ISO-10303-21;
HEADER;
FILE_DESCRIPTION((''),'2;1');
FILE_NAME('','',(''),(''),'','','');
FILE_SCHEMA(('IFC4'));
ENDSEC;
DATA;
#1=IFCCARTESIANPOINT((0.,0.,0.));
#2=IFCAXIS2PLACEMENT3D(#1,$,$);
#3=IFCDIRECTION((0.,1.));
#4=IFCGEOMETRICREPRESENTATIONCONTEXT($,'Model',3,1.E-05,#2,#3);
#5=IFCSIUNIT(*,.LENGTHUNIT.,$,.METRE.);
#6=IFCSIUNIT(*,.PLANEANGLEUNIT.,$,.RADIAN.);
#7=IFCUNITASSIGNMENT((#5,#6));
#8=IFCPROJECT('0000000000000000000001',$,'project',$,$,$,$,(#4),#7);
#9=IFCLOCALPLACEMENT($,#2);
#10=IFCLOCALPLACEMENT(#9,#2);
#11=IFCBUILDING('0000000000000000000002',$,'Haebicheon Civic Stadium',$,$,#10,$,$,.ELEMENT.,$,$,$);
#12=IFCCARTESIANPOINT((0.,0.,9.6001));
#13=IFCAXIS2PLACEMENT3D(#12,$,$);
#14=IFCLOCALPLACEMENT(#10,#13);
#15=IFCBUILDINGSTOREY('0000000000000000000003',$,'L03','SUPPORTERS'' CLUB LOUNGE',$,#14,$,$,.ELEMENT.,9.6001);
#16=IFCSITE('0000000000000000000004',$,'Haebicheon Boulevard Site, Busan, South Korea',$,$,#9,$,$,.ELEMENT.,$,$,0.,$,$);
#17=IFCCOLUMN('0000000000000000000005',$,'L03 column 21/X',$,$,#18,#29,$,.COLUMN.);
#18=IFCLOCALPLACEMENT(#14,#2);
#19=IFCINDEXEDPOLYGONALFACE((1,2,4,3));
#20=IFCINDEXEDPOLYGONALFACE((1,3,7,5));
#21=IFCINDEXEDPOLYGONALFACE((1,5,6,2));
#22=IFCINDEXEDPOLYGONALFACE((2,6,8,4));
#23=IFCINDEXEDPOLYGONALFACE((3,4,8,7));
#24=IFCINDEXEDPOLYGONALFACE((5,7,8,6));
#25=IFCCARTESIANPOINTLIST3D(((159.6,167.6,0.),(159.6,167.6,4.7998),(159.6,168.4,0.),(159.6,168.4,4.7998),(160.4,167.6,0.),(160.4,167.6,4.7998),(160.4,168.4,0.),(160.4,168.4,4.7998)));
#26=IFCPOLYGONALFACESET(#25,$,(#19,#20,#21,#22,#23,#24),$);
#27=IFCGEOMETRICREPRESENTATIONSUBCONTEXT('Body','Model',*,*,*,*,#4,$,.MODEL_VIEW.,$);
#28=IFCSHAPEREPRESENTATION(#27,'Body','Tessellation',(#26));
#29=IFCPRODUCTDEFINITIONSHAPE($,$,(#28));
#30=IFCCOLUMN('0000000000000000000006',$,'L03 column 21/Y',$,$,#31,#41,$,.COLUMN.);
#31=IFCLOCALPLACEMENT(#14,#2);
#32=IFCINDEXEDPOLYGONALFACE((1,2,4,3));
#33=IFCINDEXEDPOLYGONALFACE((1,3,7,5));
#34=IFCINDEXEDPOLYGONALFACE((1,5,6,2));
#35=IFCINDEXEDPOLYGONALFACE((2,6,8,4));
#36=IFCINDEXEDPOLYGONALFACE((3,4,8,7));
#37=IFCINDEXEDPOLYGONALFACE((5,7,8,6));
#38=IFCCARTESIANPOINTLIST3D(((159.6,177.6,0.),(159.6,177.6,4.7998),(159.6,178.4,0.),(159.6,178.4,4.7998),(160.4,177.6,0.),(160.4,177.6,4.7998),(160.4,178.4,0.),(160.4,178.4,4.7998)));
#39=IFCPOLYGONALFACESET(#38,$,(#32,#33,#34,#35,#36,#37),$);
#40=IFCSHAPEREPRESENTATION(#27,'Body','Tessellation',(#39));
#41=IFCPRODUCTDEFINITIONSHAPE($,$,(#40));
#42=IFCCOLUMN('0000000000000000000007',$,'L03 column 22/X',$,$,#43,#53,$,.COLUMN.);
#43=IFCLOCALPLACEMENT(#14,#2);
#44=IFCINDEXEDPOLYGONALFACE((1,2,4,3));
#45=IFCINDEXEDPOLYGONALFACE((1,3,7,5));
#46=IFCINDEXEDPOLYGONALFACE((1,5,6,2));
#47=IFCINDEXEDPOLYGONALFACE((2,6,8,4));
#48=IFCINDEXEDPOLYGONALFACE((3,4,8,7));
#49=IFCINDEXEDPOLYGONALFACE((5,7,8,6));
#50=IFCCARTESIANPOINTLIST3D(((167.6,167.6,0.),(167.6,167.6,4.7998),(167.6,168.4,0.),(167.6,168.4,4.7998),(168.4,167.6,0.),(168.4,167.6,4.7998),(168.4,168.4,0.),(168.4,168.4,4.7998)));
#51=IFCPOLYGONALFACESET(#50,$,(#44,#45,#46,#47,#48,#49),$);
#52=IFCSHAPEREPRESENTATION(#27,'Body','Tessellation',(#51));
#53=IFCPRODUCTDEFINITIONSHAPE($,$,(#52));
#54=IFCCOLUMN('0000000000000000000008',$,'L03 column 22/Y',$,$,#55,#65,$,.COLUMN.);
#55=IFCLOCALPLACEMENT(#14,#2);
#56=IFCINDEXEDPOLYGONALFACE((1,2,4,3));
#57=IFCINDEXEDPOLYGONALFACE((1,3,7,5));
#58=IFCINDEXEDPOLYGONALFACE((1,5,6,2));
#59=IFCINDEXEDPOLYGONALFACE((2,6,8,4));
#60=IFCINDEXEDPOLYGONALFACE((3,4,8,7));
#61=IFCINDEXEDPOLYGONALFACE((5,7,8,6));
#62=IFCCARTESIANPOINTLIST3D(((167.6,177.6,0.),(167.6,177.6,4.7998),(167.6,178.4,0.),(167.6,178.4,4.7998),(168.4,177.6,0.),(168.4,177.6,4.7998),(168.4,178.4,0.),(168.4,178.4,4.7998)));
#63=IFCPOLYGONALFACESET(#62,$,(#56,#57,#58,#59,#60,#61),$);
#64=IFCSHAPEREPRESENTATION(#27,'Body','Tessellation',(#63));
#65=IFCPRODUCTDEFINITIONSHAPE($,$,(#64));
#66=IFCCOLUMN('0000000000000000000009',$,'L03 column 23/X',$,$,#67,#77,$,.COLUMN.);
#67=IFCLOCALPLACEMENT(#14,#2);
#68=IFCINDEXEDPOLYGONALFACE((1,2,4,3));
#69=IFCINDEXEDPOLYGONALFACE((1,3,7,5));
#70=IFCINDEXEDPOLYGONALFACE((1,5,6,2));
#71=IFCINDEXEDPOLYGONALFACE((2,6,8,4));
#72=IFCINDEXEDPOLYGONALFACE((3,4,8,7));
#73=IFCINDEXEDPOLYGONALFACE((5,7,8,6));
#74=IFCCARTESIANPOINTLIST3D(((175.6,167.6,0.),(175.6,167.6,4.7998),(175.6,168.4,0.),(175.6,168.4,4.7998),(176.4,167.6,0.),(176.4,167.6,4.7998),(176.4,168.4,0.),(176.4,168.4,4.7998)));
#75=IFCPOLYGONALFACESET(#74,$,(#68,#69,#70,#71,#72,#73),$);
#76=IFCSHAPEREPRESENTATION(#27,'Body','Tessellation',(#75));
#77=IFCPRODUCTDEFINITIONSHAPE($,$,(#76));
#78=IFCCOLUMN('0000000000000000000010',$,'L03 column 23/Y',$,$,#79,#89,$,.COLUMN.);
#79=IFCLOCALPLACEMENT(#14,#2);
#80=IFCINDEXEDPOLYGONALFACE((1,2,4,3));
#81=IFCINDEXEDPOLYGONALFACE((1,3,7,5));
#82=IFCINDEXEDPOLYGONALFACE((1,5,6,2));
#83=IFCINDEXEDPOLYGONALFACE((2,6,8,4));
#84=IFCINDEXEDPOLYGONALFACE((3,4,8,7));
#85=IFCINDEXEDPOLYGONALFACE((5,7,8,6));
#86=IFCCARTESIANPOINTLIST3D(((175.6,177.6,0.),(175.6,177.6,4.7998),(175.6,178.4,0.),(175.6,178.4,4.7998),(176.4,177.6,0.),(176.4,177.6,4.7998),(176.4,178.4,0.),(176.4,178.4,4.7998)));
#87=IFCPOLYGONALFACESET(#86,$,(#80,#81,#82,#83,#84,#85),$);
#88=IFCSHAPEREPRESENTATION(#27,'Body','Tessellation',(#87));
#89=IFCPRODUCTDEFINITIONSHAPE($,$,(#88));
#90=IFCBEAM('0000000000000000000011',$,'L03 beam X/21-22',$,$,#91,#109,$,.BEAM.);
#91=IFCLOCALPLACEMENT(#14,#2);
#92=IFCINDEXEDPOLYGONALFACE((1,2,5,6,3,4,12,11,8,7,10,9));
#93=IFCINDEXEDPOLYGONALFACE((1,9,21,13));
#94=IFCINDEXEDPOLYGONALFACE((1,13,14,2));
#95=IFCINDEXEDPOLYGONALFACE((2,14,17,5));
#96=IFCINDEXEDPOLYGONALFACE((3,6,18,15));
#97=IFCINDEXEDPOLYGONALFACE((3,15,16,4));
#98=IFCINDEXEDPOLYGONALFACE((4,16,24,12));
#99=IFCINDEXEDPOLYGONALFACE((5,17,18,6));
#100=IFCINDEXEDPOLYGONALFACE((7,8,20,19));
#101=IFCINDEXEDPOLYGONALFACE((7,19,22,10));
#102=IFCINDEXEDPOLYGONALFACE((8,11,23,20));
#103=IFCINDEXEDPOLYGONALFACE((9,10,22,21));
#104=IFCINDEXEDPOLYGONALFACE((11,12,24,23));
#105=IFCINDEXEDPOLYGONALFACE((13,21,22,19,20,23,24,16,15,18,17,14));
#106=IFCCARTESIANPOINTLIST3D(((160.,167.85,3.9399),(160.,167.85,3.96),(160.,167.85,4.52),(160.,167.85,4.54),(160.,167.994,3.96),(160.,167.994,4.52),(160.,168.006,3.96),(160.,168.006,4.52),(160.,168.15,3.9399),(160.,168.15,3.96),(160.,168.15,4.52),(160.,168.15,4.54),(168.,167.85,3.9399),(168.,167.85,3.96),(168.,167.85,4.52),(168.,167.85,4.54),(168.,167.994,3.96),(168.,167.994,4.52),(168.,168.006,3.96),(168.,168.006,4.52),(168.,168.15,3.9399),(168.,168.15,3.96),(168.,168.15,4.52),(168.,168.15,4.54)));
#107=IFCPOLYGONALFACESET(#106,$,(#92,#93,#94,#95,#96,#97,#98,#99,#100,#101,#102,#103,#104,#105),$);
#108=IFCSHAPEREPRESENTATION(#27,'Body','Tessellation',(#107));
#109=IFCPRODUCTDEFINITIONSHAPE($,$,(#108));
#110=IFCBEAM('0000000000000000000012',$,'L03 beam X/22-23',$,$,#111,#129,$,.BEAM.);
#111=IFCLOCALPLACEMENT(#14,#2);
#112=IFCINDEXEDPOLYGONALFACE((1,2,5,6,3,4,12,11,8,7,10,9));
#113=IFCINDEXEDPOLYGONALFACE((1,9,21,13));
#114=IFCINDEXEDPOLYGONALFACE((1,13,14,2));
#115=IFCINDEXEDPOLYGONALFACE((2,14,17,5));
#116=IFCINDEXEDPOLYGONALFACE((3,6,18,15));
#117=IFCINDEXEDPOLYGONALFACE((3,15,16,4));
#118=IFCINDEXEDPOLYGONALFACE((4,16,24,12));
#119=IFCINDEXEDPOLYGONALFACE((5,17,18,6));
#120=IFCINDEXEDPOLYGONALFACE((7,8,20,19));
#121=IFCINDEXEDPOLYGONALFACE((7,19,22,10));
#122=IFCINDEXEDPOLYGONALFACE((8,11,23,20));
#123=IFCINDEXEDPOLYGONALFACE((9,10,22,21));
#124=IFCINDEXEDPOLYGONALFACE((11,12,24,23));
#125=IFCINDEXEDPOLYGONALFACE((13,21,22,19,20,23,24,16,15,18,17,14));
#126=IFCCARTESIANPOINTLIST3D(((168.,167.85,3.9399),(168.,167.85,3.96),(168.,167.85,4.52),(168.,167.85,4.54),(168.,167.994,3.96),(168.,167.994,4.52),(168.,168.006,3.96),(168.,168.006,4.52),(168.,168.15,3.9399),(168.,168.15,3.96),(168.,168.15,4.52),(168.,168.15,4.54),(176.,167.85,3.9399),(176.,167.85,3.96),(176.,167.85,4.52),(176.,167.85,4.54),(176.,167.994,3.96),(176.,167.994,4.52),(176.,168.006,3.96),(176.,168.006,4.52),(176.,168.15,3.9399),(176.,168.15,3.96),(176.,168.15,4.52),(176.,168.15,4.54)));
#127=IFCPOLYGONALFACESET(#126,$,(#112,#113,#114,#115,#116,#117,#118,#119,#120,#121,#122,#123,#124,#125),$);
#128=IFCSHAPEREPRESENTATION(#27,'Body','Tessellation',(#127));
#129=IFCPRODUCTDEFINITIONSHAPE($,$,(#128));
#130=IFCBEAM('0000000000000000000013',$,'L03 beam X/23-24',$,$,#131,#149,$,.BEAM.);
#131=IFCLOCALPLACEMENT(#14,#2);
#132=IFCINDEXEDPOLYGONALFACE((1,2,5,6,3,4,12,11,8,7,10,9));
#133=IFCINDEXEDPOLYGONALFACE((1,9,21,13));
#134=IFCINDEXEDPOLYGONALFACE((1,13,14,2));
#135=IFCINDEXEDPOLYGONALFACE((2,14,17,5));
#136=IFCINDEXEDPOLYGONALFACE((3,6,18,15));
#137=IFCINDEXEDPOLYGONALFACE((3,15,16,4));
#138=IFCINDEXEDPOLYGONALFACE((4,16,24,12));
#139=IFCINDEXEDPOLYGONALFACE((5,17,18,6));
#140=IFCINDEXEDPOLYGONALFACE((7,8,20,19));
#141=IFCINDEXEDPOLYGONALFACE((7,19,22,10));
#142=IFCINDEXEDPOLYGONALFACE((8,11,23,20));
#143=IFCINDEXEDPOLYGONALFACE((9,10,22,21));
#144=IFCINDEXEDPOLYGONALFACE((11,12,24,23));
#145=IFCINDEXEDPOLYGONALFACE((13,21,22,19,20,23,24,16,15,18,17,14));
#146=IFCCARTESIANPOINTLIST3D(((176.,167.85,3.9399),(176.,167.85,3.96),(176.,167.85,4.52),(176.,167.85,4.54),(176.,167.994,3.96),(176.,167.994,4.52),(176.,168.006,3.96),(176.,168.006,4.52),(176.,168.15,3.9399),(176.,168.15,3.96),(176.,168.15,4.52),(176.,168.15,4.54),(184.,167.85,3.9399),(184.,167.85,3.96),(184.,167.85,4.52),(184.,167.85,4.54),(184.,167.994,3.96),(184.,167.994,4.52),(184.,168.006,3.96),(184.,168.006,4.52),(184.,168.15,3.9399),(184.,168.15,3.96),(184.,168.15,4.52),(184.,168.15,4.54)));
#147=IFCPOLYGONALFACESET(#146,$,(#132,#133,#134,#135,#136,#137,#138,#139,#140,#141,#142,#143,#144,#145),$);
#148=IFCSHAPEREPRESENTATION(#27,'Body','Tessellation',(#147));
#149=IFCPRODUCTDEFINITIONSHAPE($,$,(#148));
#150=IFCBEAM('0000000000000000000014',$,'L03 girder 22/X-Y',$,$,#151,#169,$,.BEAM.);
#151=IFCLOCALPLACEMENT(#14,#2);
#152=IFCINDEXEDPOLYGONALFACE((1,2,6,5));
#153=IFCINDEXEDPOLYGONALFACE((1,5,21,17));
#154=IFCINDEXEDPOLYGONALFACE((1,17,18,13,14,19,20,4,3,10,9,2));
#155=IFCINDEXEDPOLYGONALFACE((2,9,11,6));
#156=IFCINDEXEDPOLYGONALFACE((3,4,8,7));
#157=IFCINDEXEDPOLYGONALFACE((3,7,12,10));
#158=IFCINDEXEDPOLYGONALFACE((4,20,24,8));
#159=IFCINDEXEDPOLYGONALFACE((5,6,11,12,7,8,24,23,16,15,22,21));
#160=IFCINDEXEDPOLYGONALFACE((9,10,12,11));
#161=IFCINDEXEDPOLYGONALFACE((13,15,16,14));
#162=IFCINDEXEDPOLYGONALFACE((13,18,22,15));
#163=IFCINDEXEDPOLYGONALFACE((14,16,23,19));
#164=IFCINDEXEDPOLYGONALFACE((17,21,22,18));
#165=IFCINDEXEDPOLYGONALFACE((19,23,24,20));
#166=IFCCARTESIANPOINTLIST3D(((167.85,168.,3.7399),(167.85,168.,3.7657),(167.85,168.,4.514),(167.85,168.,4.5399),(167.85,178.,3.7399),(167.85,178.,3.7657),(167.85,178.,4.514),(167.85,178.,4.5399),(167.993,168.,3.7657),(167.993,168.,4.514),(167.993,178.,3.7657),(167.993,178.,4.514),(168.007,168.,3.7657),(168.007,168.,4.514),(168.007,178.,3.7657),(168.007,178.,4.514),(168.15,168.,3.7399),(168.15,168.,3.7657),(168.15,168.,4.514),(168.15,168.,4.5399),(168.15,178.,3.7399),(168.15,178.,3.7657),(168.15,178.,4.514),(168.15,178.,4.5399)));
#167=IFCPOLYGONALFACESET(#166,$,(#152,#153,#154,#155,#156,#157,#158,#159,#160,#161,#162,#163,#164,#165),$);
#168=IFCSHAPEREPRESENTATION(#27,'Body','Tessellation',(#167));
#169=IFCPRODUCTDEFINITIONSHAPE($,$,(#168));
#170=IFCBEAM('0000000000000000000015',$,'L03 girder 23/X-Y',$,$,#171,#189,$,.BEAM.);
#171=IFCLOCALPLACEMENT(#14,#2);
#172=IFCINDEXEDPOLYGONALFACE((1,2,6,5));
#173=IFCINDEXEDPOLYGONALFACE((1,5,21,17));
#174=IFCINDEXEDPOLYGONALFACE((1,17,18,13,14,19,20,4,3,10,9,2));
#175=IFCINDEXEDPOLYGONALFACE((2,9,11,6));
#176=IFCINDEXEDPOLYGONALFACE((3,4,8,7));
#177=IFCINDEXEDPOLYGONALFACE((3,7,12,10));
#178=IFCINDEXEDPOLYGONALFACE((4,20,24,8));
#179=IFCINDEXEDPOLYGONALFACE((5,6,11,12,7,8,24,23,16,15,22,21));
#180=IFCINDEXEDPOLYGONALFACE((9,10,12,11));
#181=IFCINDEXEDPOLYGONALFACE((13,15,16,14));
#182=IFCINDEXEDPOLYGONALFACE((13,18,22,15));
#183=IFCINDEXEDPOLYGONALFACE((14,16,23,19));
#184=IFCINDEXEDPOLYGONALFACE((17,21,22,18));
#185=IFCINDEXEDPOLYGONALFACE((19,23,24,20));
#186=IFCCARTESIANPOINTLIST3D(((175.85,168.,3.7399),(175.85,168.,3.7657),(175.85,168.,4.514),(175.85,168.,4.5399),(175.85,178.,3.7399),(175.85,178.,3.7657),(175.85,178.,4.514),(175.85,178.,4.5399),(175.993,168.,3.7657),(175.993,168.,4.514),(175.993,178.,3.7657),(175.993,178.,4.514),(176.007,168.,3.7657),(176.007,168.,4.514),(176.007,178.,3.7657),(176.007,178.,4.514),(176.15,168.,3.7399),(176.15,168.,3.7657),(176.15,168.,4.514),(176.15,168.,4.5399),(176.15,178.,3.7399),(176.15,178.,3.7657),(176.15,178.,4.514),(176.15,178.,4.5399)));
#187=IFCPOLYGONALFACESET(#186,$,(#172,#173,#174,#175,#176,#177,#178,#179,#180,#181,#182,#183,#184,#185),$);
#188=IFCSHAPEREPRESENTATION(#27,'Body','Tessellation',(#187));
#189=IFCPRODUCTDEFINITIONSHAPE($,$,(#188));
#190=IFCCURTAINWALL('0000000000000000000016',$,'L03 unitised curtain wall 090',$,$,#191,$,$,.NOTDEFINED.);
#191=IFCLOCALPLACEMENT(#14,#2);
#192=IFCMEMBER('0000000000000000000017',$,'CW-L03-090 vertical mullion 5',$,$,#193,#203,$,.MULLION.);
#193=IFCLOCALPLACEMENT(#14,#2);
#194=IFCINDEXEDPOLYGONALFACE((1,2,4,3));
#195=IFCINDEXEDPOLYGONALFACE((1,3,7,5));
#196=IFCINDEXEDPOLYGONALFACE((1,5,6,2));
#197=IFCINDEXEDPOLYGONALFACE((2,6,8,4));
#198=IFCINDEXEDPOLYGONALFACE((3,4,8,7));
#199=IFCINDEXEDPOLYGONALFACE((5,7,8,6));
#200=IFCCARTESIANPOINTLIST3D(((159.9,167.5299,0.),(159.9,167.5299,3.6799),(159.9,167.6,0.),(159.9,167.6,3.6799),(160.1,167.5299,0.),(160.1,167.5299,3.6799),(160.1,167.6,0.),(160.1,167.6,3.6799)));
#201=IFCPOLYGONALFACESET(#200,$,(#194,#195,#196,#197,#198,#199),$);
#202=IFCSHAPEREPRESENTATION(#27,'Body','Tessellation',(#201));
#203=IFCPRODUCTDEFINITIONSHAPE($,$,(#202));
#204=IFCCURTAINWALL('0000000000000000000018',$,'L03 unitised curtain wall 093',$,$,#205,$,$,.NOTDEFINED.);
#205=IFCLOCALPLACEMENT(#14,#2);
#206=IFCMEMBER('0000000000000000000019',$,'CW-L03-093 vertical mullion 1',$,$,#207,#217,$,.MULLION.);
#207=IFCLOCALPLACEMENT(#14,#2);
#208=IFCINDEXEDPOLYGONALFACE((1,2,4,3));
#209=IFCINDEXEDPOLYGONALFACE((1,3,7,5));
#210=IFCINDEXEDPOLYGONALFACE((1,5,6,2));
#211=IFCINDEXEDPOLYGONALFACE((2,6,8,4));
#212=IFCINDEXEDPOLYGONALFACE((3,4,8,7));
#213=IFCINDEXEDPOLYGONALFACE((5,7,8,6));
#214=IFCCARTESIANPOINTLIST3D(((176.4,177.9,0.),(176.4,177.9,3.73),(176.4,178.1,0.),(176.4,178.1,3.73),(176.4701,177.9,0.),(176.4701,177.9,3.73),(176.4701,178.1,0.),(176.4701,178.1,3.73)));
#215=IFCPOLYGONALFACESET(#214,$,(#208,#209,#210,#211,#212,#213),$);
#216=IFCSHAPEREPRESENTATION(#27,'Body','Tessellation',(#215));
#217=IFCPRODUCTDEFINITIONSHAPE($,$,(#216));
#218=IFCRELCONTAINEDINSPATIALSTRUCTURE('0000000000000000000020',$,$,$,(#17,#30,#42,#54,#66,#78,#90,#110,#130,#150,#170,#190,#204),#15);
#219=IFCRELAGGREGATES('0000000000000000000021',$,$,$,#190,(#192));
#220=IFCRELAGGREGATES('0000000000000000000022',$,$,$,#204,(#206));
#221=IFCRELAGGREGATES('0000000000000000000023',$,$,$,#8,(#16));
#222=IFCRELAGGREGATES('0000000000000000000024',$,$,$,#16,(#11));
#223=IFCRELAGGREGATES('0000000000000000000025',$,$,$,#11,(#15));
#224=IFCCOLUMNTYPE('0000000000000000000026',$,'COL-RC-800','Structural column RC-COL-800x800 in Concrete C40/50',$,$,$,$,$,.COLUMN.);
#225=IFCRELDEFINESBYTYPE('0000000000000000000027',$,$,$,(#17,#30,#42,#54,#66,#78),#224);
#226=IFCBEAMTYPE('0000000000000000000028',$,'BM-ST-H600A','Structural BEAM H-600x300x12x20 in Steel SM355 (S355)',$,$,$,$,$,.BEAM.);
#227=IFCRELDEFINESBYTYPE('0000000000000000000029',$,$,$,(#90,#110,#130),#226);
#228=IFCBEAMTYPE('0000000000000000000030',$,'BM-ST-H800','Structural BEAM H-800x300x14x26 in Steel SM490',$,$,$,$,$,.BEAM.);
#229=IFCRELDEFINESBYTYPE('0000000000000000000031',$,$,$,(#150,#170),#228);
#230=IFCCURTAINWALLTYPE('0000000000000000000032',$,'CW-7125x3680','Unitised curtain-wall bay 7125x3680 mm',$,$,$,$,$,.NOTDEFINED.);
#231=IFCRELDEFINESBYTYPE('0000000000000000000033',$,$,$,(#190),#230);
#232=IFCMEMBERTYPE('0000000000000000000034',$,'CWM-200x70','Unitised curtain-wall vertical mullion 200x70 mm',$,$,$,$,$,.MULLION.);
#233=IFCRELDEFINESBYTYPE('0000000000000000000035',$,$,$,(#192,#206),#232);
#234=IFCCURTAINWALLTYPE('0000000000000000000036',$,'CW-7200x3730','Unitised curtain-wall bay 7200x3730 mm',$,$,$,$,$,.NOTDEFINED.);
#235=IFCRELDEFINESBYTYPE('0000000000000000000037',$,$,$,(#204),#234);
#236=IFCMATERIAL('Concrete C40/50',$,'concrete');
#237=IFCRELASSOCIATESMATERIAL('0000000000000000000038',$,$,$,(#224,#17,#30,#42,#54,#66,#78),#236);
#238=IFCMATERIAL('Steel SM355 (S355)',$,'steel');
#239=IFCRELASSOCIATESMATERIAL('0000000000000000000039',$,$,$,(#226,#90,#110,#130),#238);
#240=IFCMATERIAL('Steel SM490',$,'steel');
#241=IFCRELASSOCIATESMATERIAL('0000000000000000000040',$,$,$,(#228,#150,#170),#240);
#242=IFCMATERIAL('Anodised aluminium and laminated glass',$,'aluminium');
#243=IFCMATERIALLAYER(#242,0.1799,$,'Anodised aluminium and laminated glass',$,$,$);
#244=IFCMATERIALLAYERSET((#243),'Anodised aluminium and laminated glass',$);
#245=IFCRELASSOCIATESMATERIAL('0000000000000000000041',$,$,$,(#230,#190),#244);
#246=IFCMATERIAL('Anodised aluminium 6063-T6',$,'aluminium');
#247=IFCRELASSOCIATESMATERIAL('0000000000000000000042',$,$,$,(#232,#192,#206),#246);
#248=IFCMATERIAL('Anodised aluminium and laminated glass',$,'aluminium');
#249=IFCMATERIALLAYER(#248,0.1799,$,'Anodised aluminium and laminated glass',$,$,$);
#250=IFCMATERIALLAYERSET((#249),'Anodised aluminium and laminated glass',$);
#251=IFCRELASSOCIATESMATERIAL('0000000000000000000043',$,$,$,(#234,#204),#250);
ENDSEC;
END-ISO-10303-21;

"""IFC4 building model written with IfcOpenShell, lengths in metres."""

from ifc_helpers import new_model, si_unit, direction, frame, origin, origin_2d, place, context, subcontext, project, spatial, rectangle, i_section, extrude, material, layer, layer_set, material_profile, profile_set, type_object, element, aggregate, save


model = new_model("IFC4")

# Units and contexts
model_context = context("Model", 3, precision=1e-05, world=origin(), true_north=direction((0.0, 1.0)))
body_context = subcontext(model_context, "Body", "Model", "MODEL_VIEW")
ifc_project = project(units=[si_unit("LENGTHUNIT", "METRE"), si_unit("PLANEANGLEUNIT", "RADIAN")], contexts=[model_context])

# Site, building, storey
site_placement = place(None, origin())
site = spatial("IfcSite", under=ifc_project, at=site_placement, Name="Haebicheon Boulevard Site, Busan, South Korea", CompositionType="ELEMENT", RefElevation=0.0)
building_placement = place(site_placement, origin())
building = spatial("IfcBuilding", under=site, at=building_placement, Name="Haebicheon Civic Stadium", CompositionType="ELEMENT")
storey_placement = place(building_placement, frame((0.0, 0.0, 9.6001)))
storey = spatial("IfcBuildingStorey", under=building, at=storey_placement, Name="L03", Description="SUPPORTERS' CLUB LOUNGE", CompositionType="ELEMENT", Elevation=9.6001)

# Columns
ifc_material_1 = material(Name="Concrete C40/50", Category="concrete")
ifc_material_profile_1 = material_profile(ifc_material_1, rectangle(XDim=0.8, YDim=0.8, at=origin_2d()), Name="RC-COL-800x800")
ifc_profile_set_1 = profile_set([ifc_material_profile_1], Name="Concrete C40/50")
column_type = type_object("IfcColumnType", Name="COL-RC-800", Description="Structural column RC-COL-800x800 in Concrete C40/50", PredefinedType="COLUMN", material=ifc_profile_set_1)
for number, where, z_axis, x_axis, name in (
    (1, (160.0, 168.0, 0.0), (0.0, 0.0, 1.0), (1.0, 0.0, 0.0), "L03 column 21/X"),
    (2, (160.0, 178.0, 0.0), (0.0, 0.0, 1.0), (1.0, 0.0, 0.0), "L03 column 21/Y"),
    (3, (168.0, 168.0, 0.0), (0.0, 0.0, 1.0), (1.0, 0.0, 0.0), "L03 column 22/X"),
    (4, (168.0, 178.0, 0.0), (0.0, 0.0, 1.0), (1.0, 0.0, 0.0), "L03 column 22/Y"),
    (5, (176.0, 168.0, 0.0), (0.0, 0.0, 1.0), (1.0, 0.0, 0.0), "L03 column 23/X"),
    (6, (176.0, 178.0, 0.0), (0.0, 0.0, 1.0), (1.0, 0.0, 0.0), "L03 column 23/Y"),
):
    element("IfcColumn", number, at=place(storey_placement, frame(where, z_axis=z_axis, x_axis=x_axis)), inside=storey, type_object=column_type, material=ifc_profile_set_1, Name=name, PredefinedType="COLUMN", context=body_context, shape_type="SweptSolid", body=[
        extrude(rectangle(XDim=0.8, YDim=0.8, at=origin_2d()), origin(), (0.0, 0.0, 1.0), 4.7998),
    ])

# Beams
ifc_material_2 = material(Name="Steel SM355 (S355)", Category="steel")
ifc_material_profile_2 = material_profile(ifc_material_2, i_section(OverallWidth=0.3, OverallDepth=0.6001, WebThickness=0.012, FlangeThickness=0.02, at=origin_2d()), Name="H-600x300x12x20")
ifc_profile_set_2 = profile_set([ifc_material_profile_2], Name="Steel SM355 (S355)")
beam_type_1 = type_object("IfcBeamType", Name="BM-ST-H600A", Description="Structural BEAM H-600x300x12x20 in Steel SM355 (S355)", PredefinedType="BEAM", material=ifc_profile_set_2)
for number, where, z_axis, x_axis, name in (
    (7, (160.0, 168.0, 4.24), (1.0, 0.0, 0.0), (0.0, 1.0, 0.0), "L03 beam X/21-22"),
    (8, (168.0, 168.0, 4.24), (1.0, 0.0, 0.0), (0.0, 1.0, 0.0), "L03 beam X/22-23"),
    (9, (176.0, 168.0, 4.24), (1.0, 0.0, 0.0), (0.0, 1.0, 0.0), "L03 beam X/23-24"),
):
    element("IfcBeam", number, at=place(storey_placement, frame(where, z_axis=z_axis, x_axis=x_axis)), inside=storey, type_object=beam_type_1, material=ifc_profile_set_2, Name=name, PredefinedType="BEAM", context=body_context, shape_type="SweptSolid", body=[
        extrude(i_section(OverallWidth=0.3, OverallDepth=0.6001, WebThickness=0.012, FlangeThickness=0.02, at=origin_2d()), origin(), (0.0, 0.0, 1.0), 8.0),
    ])
ifc_material_3 = material(Name="Steel SM490", Category="steel")
ifc_material_profile_3 = material_profile(ifc_material_3, i_section(OverallWidth=0.3, OverallDepth=0.8, WebThickness=0.0139, FlangeThickness=0.0259, at=origin_2d()), Name="H-800x300x14x26")
ifc_profile_set_3 = profile_set([ifc_material_profile_3], Name="Steel SM490")
beam_type_2 = type_object("IfcBeamType", Name="BM-ST-H800", Description="Structural BEAM H-800x300x14x26 in Steel SM490", PredefinedType="BEAM", material=ifc_profile_set_3)
for number, where, z_axis, x_axis, name in (
    (10, (168.0, 168.0, 4.1399), (0.0, 1.0, 0.0), (-1.0, 0.0, 0.0), "L03 girder 22/X-Y"),
    (11, (176.0, 168.0, 4.1399), (0.0, 1.0, 0.0), (-1.0, 0.0, 0.0), "L03 girder 23/X-Y"),
):
    element("IfcBeam", number, at=place(storey_placement, frame(where, z_axis=z_axis, x_axis=x_axis)), inside=storey, type_object=beam_type_2, material=ifc_profile_set_3, Name=name, PredefinedType="BEAM", context=body_context, shape_type="SweptSolid", body=[
        extrude(i_section(OverallWidth=0.3, OverallDepth=0.8, WebThickness=0.0139, FlangeThickness=0.0259, at=origin_2d()), origin(), (0.0, 0.0, 1.0), 10.0),
    ])

# Curtain wall, member
ifc_material_4 = material(Name="Anodised aluminium and laminated glass", Category="aluminium")
ifc_layer_1 = layer(ifc_material_4, 0.1799, Name="Anodised aluminium and laminated glass")
ifc_layer_set_1 = layer_set([ifc_layer_1], Name="Anodised aluminium and laminated glass")
curtain_wall_type_1 = type_object("IfcCurtainWallType", Name="CW-7125x3680", Description="Unitised curtain-wall bay 7125x3680 mm", PredefinedType="NOTDEFINED", material=ifc_layer_set_1)
curtain_wall_1_placement = place(storey_placement, origin())
curtain_wall_1 = element("IfcCurtainWall", 12, at=curtain_wall_1_placement, inside=storey, type_object=curtain_wall_type_1, material=ifc_layer_set_1, Name="L03 unitised curtain wall 090", PredefinedType="NOTDEFINED")
ifc_material_5 = material(Name="Anodised aluminium 6063-T6", Category="aluminium")
ifc_material_profile_4 = material_profile(ifc_material_5, rectangle(XDim=0.0701, YDim=0.2, at=origin_2d()), Name="ALU-MULL-70x200")
ifc_profile_set_4 = profile_set([ifc_material_profile_4], Name="Anodised aluminium 6063-T6")
member_type_1 = type_object("IfcMemberType", Name="CWM-200x70", Description="Unitised curtain-wall vertical mullion 200x70 mm", PredefinedType="MULLION", material=ifc_profile_set_4)
member_1_placement = place(storey_placement, frame((160.0, 167.5649, 0.0), z_axis=(0.0, 0.0, 1.0), x_axis=(0.0, 1.0, 0.0)))
member_1 = element("IfcMember", 13, at=member_1_placement, type_object=member_type_1, material=ifc_profile_set_4, Name="CW-L03-090 vertical mullion 5", PredefinedType="MULLION", context=body_context, shape_type="SweptSolid", body=[
    extrude(rectangle(XDim=0.0701, YDim=0.2, at=origin_2d()), origin(), (0.0, 0.0, 1.0), 3.6799),
])

# Curtain wall, member
ifc_material_6 = material(Name="Anodised aluminium and laminated glass", Category="aluminium")
ifc_layer_2 = layer(ifc_material_6, 0.1799, Name="Anodised aluminium and laminated glass")
ifc_layer_set_2 = layer_set([ifc_layer_2], Name="Anodised aluminium and laminated glass")
curtain_wall_type_2 = type_object("IfcCurtainWallType", Name="CW-7200x3730", Description="Unitised curtain-wall bay 7200x3730 mm", PredefinedType="NOTDEFINED", material=ifc_layer_set_2)
curtain_wall_2_placement = place(storey_placement, origin())
curtain_wall_2 = element("IfcCurtainWall", 14, at=curtain_wall_2_placement, inside=storey, type_object=curtain_wall_type_2, material=ifc_layer_set_2, Name="L03 unitised curtain wall 093", PredefinedType="NOTDEFINED")
member_2_placement = place(storey_placement, frame((176.4351, 178.0, 0.0), z_axis=(0.0, 0.0, 1.0), x_axis=(1.0, 0.0, 0.0)))
member_2 = element("IfcMember", 15, at=member_2_placement, type_object=member_type_1, material=ifc_profile_set_4, Name="CW-L03-093 vertical mullion 1", PredefinedType="MULLION", context=body_context, shape_type="SweptSolid", body=[
    extrude(rectangle(XDim=0.0701, YDim=0.2, at=origin_2d()), origin(), (0.0, 0.0, 1.0), 3.73),
])

aggregate(curtain_wall_1, [member_1])
aggregate(curtain_wall_2, [member_2])

save(model, "model.ifc")
